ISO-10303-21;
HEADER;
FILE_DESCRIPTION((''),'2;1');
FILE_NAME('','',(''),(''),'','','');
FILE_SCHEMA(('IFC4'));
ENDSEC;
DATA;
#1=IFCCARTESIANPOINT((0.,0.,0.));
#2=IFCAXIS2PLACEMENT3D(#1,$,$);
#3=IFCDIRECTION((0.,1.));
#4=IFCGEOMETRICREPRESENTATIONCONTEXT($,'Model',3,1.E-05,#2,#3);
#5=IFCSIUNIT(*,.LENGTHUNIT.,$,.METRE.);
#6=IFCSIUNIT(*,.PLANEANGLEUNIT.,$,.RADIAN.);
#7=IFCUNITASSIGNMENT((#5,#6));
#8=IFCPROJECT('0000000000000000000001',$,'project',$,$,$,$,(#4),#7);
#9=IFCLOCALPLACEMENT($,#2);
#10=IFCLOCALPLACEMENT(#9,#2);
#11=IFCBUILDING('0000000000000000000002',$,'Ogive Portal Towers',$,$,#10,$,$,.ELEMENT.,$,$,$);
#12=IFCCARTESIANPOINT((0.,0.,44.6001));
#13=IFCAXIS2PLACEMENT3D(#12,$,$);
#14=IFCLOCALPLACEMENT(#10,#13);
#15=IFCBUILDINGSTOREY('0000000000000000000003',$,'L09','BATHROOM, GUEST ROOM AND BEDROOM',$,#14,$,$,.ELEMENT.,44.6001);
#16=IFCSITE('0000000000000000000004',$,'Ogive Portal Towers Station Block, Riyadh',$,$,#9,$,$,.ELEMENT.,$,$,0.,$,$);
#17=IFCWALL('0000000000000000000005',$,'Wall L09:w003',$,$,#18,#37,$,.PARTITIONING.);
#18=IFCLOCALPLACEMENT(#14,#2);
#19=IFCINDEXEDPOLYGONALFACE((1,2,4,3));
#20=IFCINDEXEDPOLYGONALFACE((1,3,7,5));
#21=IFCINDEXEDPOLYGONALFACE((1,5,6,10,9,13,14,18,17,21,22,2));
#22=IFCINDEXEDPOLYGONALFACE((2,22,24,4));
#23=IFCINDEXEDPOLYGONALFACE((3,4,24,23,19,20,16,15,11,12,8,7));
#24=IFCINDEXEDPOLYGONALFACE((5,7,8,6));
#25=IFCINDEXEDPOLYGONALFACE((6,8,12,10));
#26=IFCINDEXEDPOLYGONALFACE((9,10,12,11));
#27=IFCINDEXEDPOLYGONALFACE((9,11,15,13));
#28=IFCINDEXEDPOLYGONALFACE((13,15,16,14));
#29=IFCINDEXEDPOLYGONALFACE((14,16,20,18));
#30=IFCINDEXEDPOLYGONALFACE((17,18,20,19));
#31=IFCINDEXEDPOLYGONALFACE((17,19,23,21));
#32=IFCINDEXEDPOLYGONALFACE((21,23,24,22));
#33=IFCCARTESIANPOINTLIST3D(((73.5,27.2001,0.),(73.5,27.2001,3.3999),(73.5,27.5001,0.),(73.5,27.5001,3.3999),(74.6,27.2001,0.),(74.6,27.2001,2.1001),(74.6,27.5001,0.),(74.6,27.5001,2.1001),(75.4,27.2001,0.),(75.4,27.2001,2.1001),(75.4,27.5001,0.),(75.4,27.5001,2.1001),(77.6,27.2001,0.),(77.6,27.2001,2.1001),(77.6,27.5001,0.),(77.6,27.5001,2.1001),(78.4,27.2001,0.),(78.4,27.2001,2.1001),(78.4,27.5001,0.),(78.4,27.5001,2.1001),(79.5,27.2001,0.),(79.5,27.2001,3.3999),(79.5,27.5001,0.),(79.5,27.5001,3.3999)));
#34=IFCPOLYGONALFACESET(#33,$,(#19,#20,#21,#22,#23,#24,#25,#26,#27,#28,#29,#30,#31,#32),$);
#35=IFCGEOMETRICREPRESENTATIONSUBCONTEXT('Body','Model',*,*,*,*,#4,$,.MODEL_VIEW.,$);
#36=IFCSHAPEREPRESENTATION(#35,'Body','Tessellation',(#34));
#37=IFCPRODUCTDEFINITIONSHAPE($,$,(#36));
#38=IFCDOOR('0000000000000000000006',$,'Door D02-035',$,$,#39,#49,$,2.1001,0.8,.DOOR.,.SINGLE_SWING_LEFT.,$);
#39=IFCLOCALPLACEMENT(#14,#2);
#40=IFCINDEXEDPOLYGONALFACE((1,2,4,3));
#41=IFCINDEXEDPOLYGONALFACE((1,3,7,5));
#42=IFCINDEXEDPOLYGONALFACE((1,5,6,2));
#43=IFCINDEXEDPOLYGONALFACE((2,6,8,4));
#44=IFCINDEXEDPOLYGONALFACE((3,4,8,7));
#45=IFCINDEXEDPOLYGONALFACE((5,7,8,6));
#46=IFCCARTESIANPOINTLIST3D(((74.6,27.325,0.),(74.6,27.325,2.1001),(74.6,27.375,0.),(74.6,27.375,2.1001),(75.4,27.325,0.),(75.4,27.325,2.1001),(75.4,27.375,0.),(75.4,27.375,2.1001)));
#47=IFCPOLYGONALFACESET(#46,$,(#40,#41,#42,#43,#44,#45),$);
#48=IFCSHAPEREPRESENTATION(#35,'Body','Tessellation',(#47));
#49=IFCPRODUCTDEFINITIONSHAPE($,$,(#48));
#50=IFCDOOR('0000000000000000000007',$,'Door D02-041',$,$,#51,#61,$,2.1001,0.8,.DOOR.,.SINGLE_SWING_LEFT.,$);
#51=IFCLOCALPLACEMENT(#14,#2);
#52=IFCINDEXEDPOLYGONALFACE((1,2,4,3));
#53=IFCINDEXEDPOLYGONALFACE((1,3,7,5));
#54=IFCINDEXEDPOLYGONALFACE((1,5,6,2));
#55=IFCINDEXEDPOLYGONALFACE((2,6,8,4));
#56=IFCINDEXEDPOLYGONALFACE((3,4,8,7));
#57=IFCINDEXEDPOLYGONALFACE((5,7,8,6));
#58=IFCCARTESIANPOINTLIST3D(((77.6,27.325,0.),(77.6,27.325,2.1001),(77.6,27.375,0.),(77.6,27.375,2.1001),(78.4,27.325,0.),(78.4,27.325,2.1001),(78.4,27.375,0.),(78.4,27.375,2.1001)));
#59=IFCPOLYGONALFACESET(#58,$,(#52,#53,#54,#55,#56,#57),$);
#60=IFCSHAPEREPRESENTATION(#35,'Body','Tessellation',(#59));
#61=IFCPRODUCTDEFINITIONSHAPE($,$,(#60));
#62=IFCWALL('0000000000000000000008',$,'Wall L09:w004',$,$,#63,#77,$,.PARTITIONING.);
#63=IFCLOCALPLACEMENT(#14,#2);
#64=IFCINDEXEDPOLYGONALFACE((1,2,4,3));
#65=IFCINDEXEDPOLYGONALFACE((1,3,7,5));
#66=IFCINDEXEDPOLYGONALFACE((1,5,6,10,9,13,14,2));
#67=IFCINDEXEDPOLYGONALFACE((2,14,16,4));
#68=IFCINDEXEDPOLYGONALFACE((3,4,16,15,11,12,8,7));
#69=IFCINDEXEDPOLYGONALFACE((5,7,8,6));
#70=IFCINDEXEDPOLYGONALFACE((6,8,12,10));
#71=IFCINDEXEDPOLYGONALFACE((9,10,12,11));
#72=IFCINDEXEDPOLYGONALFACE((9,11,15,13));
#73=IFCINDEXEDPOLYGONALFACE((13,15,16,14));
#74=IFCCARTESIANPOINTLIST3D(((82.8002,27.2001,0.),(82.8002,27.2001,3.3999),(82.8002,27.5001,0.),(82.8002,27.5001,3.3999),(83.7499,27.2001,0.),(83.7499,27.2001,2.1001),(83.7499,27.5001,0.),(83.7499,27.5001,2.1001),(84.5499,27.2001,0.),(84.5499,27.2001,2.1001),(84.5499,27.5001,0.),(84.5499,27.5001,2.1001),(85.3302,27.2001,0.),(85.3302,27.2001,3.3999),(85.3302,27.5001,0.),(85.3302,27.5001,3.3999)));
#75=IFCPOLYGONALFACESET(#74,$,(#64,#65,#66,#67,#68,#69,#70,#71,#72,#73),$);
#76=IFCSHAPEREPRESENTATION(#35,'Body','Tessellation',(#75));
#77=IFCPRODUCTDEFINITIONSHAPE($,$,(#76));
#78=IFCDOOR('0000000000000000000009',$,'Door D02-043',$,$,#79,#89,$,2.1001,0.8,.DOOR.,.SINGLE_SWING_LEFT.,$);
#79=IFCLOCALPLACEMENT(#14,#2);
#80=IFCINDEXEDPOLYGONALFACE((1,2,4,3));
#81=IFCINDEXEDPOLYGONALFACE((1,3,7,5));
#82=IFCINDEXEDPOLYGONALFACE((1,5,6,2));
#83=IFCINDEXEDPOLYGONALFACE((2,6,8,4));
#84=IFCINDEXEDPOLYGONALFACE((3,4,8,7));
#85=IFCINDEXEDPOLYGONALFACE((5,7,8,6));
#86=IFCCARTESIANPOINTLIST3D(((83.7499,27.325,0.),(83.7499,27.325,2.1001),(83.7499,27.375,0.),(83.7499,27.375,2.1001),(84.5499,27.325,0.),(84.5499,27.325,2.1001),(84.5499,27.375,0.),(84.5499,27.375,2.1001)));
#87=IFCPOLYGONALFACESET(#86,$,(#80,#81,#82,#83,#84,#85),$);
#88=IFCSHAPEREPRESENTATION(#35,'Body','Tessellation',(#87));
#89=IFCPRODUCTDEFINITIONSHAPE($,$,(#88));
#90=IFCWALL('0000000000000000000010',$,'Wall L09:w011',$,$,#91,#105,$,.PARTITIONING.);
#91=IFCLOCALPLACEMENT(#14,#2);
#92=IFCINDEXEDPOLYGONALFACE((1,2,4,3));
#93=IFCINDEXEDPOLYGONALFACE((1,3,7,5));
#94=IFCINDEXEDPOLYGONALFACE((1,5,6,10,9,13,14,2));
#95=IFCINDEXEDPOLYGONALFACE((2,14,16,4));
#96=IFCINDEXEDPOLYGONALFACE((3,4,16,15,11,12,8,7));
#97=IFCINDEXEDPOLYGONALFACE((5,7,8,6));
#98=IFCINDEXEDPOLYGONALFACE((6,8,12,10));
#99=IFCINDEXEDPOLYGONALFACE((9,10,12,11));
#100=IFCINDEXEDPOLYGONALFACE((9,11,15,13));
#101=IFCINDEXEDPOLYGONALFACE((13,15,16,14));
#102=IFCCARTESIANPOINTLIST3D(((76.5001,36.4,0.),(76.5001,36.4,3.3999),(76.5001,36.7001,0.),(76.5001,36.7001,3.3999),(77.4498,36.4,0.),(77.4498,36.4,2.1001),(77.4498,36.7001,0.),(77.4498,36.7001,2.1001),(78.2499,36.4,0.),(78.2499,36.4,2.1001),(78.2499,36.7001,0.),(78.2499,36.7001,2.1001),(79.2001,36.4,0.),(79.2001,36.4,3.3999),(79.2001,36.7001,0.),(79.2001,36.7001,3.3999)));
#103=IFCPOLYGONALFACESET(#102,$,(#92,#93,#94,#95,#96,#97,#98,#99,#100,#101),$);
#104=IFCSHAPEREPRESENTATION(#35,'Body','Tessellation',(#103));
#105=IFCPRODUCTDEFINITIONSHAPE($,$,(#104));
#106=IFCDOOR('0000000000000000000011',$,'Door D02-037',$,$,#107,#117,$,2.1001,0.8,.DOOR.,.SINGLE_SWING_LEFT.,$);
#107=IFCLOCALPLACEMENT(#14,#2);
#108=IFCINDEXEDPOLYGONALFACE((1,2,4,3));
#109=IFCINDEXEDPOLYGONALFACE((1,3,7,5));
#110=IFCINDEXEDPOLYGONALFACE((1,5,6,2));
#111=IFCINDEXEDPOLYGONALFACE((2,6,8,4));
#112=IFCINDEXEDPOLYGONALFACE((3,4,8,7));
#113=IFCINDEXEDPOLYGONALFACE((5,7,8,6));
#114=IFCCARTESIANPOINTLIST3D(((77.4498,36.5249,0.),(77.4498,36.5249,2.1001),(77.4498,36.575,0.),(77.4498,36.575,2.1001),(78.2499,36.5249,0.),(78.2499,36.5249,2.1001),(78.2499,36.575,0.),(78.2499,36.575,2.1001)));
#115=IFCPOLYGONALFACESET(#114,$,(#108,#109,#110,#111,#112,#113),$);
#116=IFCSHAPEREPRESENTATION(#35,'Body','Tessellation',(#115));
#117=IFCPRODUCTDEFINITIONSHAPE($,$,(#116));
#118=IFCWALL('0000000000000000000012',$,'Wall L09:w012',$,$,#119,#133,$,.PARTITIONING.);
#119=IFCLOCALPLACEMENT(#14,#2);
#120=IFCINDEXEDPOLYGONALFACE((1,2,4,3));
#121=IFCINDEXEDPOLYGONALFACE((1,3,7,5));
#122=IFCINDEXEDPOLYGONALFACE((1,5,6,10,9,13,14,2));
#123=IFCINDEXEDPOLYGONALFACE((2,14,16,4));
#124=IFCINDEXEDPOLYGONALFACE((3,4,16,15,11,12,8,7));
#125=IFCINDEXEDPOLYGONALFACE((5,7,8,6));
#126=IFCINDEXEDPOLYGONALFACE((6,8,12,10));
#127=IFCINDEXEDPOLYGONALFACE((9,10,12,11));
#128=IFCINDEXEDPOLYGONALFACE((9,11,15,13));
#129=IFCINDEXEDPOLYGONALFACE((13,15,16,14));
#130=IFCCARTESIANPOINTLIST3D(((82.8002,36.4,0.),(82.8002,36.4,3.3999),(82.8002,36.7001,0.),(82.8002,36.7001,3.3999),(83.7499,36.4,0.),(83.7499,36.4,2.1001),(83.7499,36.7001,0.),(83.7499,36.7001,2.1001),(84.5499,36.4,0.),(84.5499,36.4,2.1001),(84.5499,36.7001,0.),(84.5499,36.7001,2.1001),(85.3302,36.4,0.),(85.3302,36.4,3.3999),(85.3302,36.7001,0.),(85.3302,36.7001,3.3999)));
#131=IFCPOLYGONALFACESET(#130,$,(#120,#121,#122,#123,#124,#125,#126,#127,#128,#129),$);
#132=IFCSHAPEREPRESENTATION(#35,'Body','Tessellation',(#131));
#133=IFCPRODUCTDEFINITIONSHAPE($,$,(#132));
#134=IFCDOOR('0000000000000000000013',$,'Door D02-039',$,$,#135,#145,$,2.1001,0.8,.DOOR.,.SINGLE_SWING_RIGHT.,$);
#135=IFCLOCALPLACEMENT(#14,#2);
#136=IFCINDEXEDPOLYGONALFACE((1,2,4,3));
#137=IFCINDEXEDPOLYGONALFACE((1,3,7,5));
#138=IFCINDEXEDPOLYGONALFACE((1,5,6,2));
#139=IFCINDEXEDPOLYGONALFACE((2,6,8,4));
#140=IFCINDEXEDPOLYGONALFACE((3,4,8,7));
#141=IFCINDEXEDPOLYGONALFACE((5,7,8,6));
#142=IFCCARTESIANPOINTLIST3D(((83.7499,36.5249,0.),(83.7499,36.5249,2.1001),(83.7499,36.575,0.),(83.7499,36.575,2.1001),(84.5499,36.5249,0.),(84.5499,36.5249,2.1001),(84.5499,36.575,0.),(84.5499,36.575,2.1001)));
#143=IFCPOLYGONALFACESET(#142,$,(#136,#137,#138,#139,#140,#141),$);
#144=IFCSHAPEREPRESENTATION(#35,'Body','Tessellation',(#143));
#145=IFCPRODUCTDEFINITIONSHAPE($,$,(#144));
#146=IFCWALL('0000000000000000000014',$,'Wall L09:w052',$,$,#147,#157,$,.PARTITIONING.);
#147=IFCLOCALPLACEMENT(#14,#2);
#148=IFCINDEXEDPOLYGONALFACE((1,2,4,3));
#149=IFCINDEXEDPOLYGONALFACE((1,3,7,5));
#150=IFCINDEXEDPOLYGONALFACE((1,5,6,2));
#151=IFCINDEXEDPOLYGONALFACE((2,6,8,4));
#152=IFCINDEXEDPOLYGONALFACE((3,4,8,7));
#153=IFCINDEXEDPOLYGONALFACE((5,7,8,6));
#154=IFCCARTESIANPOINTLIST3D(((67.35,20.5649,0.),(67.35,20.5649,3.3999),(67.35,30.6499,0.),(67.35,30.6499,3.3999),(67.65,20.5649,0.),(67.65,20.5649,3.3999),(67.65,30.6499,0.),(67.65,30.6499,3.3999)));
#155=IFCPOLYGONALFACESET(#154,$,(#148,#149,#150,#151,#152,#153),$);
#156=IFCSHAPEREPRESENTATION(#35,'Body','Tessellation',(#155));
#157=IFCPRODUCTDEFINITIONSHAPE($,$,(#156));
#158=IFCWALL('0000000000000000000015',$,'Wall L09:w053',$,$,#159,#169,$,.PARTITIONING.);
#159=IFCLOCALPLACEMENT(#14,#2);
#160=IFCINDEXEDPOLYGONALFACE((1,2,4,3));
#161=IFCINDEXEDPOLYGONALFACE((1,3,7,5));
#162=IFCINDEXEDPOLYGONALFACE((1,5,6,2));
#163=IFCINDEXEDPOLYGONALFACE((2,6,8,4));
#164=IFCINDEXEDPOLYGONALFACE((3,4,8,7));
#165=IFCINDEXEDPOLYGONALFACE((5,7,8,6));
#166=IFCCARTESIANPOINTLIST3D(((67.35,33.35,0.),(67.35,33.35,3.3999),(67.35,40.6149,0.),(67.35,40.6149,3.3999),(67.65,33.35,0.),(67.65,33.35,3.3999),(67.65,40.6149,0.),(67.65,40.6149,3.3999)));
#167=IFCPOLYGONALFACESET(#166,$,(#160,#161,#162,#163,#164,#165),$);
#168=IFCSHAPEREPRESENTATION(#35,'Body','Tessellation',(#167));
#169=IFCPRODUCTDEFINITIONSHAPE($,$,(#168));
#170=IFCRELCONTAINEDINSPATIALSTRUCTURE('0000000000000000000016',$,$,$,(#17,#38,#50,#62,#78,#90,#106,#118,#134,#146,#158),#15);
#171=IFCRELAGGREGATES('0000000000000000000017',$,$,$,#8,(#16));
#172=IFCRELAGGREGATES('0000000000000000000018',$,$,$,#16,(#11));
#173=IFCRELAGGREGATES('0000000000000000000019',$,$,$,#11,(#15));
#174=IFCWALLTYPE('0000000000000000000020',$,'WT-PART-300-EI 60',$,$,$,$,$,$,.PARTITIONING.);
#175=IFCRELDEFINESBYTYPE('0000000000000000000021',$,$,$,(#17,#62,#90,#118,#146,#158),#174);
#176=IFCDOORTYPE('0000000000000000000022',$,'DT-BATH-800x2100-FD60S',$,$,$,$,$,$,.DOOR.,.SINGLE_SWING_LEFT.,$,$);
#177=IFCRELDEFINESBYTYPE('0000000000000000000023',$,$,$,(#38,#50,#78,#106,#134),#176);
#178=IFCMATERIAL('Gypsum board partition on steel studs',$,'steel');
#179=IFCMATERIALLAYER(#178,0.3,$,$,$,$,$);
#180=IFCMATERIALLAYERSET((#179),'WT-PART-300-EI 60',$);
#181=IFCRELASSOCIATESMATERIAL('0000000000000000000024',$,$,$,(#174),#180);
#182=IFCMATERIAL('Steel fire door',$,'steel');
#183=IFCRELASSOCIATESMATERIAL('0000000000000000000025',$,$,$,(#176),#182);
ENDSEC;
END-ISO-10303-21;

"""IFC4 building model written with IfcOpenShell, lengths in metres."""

from ifc_helpers import new_model, si_unit, direction, frame, frame_2d, origin, place, context, subcontext, project, spatial, rectangle, extrude, material, layer, layer_set, type_object, element, fill, save


model = new_model("IFC4")

# Units and contexts
model_context = context("Model", 3, precision=1e-05, world=origin(), true_north=direction((0.0, 1.0)))
body_context = subcontext(model_context, "Body", "Model", "MODEL_VIEW")
ifc_project = project(units=[si_unit("LENGTHUNIT", "METRE"), si_unit("PLANEANGLEUNIT", "RADIAN")], contexts=[model_context])

# Site, building, storey
site_placement = place(None, origin())
site = spatial("IfcSite", under=ifc_project, at=site_placement, Name="Ogive Portal Towers Station Block, Riyadh", CompositionType="ELEMENT", RefElevation=0.0)
building_placement = place(site_placement, origin())
building = spatial("IfcBuilding", under=site, at=building_placement, Name="Ogive Portal Towers", CompositionType="ELEMENT")
storey_placement = place(building_placement, frame((0.0, 0.0, 44.6001)))
storey = spatial("IfcBuildingStorey", under=building, at=storey_placement, Name="L09", Description="BATHROOM, GUEST ROOM AND BEDROOM", CompositionType="ELEMENT", Elevation=44.6001)

# Wall, openings, doors
ifc_material_1 = material(Name="Gypsum board partition on steel studs", Category="steel")
ifc_layer_1 = layer(ifc_material_1, 0.3)
ifc_layer_set_1 = layer_set([ifc_layer_1], Name="WT-PART-300-EI 60")
wall_type = type_object("IfcWallType", Name="WT-PART-300-EI 60", PredefinedType="PARTITIONING", material=ifc_layer_set_1)
wall_1_placement = place(storey_placement, frame((73.5, 27.3501, 0.0), z_axis=(0.0, 0.0, 1.0), x_axis=(1.0, 0.0, 0.0)))
wall_1 = element("IfcWall", 1, at=wall_1_placement, inside=storey, type_object=wall_type, Name="Wall L09:w003", PredefinedType="PARTITIONING", context=body_context, shape_type="SweptSolid", body=[
    extrude(rectangle(XDim=6.0, YDim=0.3, at=frame_2d((3.0, 0.0))), origin(), (0.0, 0.0, 1.0), 3.3999),
])
opening_1_placement = place(wall_1_placement, frame((1.1001, 0.0, 0.0)))
opening_1 = element("IfcOpeningElement", 2, at=opening_1_placement, cuts=wall_1, PredefinedType="OPENING", context=body_context, shape_type="SweptSolid", body=[
    extrude(rectangle(XDim=0.8, YDim=2.1001, at=frame_2d((0.3999, 1.05))), frame((0.0, 0.1602, 0.0), z_axis=(0.0, -1.0, 0.0), x_axis=(1.0, 0.0, 0.0)), (0.0, 0.0, 1.0), 0.3201),
])
opening_2_placement = place(wall_1_placement, frame((4.1001, 0.0, 0.0)))
opening_2 = element("IfcOpeningElement", 3, at=opening_2_placement, cuts=wall_1, PredefinedType="OPENING", context=body_context, shape_type="SweptSolid", body=[
    extrude(rectangle(XDim=0.8, YDim=2.1001, at=frame_2d((0.3999, 1.05))), frame((0.0, 0.1602, 0.0), z_axis=(0.0, -1.0, 0.0), x_axis=(1.0, 0.0, 0.0)), (0.0, 0.0, 1.0), 0.3201),
])
ifc_material_2 = material(Name="Steel fire door", Category="steel")
door_type = type_object("IfcDoorType", Name="DT-BATH-800x2100-FD60S", OperationType="SINGLE_SWING_LEFT", PredefinedType="DOOR", material=ifc_material_2)
door_1_placement = place(opening_1_placement, origin())
door_1 = element("IfcDoor", 4, at=door_1_placement, inside=storey, type_object=door_type, Name="Door D02-035", OperationType="SINGLE_SWING_LEFT", OverallHeight=2.1001, OverallWidth=0.8, PredefinedType="DOOR", context=body_context, shape_type="SweptSolid", body=[
    extrude(rectangle(XDim=0.8, YDim=2.1001, at=frame_2d((0.3999, 1.05))), frame((0.0, 0.0249, 0.0), z_axis=(0.0, -1.0, 0.0), x_axis=(1.0, 0.0, 0.0)), (0.0, 0.0, 1.0), 0.05),
])
fill(opening_1, door_1)
door_2_placement = place(opening_2_placement, origin())
door_2 = element("IfcDoor", 5, at=door_2_placement, inside=storey, type_object=door_type, Name="Door D02-041", OperationType="SINGLE_SWING_LEFT", OverallHeight=2.1001, OverallWidth=0.8, PredefinedType="DOOR", context=body_context, shape_type="SweptSolid", body=[
    extrude(rectangle(XDim=0.8, YDim=2.1001, at=frame_2d((0.3999, 1.05))), frame((0.0, 0.0249, 0.0), z_axis=(0.0, -1.0, 0.0), x_axis=(1.0, 0.0, 0.0)), (0.0, 0.0, 1.0), 0.05),
])
fill(opening_2, door_2)

# Walls, openings, doors
wall_2_placement = place(storey_placement, frame((82.8, 27.3501, 0.0), z_axis=(0.0, 0.0, 1.0), x_axis=(1.0, 0.0, 0.0)))
wall_2 = element("IfcWall", 6, at=wall_2_placement, inside=storey, type_object=wall_type, Name="Wall L09:w004", PredefinedType="PARTITIONING", context=body_context, shape_type="SweptSolid", body=[
    extrude(rectangle(XDim=2.53, YDim=0.3, at=frame_2d((1.2651, 0.0))), origin(), (0.0, 0.0, 1.0), 3.3999),
])
opening_3_placement = place(wall_2_placement, frame((0.95, 0.0, 0.0)))
opening_3 = element("IfcOpeningElement", 7, at=opening_3_placement, cuts=wall_2, PredefinedType="OPENING", context=body_context, shape_type="SweptSolid", body=[
    extrude(rectangle(XDim=0.8, YDim=2.1001, at=frame_2d((0.3999, 1.05))), frame((0.0, 0.1602, 0.0), z_axis=(0.0, -1.0, 0.0), x_axis=(1.0, 0.0, 0.0)), (0.0, 0.0, 1.0), 0.3201),
])
door_3_placement = place(opening_3_placement, origin())
door_3 = element("IfcDoor", 8, at=door_3_placement, inside=storey, type_object=door_type, Name="Door D02-043", OperationType="SINGLE_SWING_LEFT", OverallHeight=2.1001, OverallWidth=0.8, PredefinedType="DOOR", context=body_context, shape_type="SweptSolid", body=[
    extrude(rectangle(XDim=0.8, YDim=2.1001, at=frame_2d((0.3999, 1.05))), frame((0.0, 0.0249, 0.0), z_axis=(0.0, -1.0, 0.0), x_axis=(1.0, 0.0, 0.0)), (0.0, 0.0, 1.0), 0.05),
])
fill(opening_3, door_3)
wall_3_placement = place(storey_placement, frame((76.5, 36.55, 0.0), z_axis=(0.0, 0.0, 1.0), x_axis=(1.0, 0.0, 0.0)))
wall_3 = element("IfcWall", 9, at=wall_3_placement, inside=storey, type_object=wall_type, Name="Wall L09:w011", PredefinedType="PARTITIONING", context=body_context, shape_type="SweptSolid", body=[
    extrude(rectangle(XDim=2.7, YDim=0.3, at=frame_2d((1.3501, 0.0))), origin(), (0.0, 0.0, 1.0), 3.3999),
])
opening_4_placement = place(wall_3_placement, frame((0.95, 0.0, 0.0)))
opening_4 = element("IfcOpeningElement", 10, at=opening_4_placement, cuts=wall_3, PredefinedType="OPENING", context=body_context, shape_type="SweptSolid", body=[
    extrude(rectangle(XDim=0.8, YDim=2.1001, at=frame_2d((0.3999, 1.05))), frame((0.0, 0.1602, 0.0), z_axis=(0.0, -1.0, 0.0), x_axis=(1.0, 0.0, 0.0)), (0.0, 0.0, 1.0), 0.3201),
])
door_4_placement = place(opening_4_placement, origin())
door_4 = element("IfcDoor", 11, at=door_4_placement, inside=storey, type_object=door_type, Name="Door D02-037", OperationType="SINGLE_SWING_LEFT", OverallHeight=2.1001, OverallWidth=0.8, PredefinedType="DOOR", context=body_context, shape_type="SweptSolid", body=[
    extrude(rectangle(XDim=0.8, YDim=2.1001, at=frame_2d((0.3999, 1.05))), frame((0.0, 0.0249, 0.0), z_axis=(0.0, -1.0, 0.0), x_axis=(1.0, 0.0, 0.0)), (0.0, 0.0, 1.0), 0.05),
])
fill(opening_4, door_4)
wall_4_placement = place(storey_placement, frame((82.8, 36.55, 0.0), z_axis=(0.0, 0.0, 1.0), x_axis=(1.0, 0.0, 0.0)))
wall_4 = element("IfcWall", 12, at=wall_4_placement, inside=storey, type_object=wall_type, Name="Wall L09:w012", PredefinedType="PARTITIONING", context=body_context, shape_type="SweptSolid", body=[
    extrude(rectangle(XDim=2.53, YDim=0.3, at=frame_2d((1.2651, 0.0))), origin(), (0.0, 0.0, 1.0), 3.3999),
])
opening_5_placement = place(wall_4_placement, frame((0.95, 0.0, 0.0)))
opening_5 = element("IfcOpeningElement", 13, at=opening_5_placement, cuts=wall_4, PredefinedType="OPENING", context=body_context, shape_type="SweptSolid", body=[
    extrude(rectangle(XDim=0.8, YDim=2.1001, at=frame_2d((0.3999, 1.05))), frame((0.0, 0.1602, 0.0), z_axis=(0.0, -1.0, 0.0), x_axis=(1.0, 0.0, 0.0)), (0.0, 0.0, 1.0), 0.3201),
])
door_5_placement = place(opening_5_placement, origin())
door_5 = element("IfcDoor", 14, at=door_5_placement, inside=storey, type_object=door_type, Name="Door D02-039", OperationType="SINGLE_SWING_RIGHT", OverallHeight=2.1001, OverallWidth=0.8, PredefinedType="DOOR", context=body_context, shape_type="SweptSolid", body=[
    extrude(rectangle(XDim=0.8, YDim=2.1001, at=frame_2d((0.3999, 1.05))), frame((0.0, 0.0249, 0.0), z_axis=(0.0, -1.0, 0.0), x_axis=(1.0, 0.0, 0.0)), (0.0, 0.0, 1.0), 0.05),
])
fill(opening_5, door_5)

# Walls
wall_5_placement = place(storey_placement, frame((67.5, 20.5649, 0.0), z_axis=(0.0, 0.0, 1.0), x_axis=(0.0, 1.0, 0.0)))
element("IfcWall", 15, at=wall_5_placement, inside=storey, type_object=wall_type, Name="Wall L09:w052", PredefinedType="PARTITIONING", context=body_context, shape_type="SweptSolid", body=[
    extrude(rectangle(XDim=10.085, YDim=0.3, at=frame_2d((5.0425, 0.0))), origin(), (0.0, 0.0, 1.0), 3.3999),
])
wall_6_placement = place(storey_placement, frame((67.5, 33.3501, 0.0), z_axis=(0.0, 0.0, 1.0), x_axis=(0.0, 1.0, 0.0)))
element("IfcWall", 16, at=wall_6_placement, inside=storey, type_object=wall_type, Name="Wall L09:w053", PredefinedType="PARTITIONING", context=body_context, shape_type="SweptSolid", body=[
    extrude(rectangle(XDim=7.2649, YDim=0.3, at=frame_2d((3.6323, 0.0))), origin(), (0.0, 0.0, 1.0), 3.3999),
])

save(model, "model.ifc")
